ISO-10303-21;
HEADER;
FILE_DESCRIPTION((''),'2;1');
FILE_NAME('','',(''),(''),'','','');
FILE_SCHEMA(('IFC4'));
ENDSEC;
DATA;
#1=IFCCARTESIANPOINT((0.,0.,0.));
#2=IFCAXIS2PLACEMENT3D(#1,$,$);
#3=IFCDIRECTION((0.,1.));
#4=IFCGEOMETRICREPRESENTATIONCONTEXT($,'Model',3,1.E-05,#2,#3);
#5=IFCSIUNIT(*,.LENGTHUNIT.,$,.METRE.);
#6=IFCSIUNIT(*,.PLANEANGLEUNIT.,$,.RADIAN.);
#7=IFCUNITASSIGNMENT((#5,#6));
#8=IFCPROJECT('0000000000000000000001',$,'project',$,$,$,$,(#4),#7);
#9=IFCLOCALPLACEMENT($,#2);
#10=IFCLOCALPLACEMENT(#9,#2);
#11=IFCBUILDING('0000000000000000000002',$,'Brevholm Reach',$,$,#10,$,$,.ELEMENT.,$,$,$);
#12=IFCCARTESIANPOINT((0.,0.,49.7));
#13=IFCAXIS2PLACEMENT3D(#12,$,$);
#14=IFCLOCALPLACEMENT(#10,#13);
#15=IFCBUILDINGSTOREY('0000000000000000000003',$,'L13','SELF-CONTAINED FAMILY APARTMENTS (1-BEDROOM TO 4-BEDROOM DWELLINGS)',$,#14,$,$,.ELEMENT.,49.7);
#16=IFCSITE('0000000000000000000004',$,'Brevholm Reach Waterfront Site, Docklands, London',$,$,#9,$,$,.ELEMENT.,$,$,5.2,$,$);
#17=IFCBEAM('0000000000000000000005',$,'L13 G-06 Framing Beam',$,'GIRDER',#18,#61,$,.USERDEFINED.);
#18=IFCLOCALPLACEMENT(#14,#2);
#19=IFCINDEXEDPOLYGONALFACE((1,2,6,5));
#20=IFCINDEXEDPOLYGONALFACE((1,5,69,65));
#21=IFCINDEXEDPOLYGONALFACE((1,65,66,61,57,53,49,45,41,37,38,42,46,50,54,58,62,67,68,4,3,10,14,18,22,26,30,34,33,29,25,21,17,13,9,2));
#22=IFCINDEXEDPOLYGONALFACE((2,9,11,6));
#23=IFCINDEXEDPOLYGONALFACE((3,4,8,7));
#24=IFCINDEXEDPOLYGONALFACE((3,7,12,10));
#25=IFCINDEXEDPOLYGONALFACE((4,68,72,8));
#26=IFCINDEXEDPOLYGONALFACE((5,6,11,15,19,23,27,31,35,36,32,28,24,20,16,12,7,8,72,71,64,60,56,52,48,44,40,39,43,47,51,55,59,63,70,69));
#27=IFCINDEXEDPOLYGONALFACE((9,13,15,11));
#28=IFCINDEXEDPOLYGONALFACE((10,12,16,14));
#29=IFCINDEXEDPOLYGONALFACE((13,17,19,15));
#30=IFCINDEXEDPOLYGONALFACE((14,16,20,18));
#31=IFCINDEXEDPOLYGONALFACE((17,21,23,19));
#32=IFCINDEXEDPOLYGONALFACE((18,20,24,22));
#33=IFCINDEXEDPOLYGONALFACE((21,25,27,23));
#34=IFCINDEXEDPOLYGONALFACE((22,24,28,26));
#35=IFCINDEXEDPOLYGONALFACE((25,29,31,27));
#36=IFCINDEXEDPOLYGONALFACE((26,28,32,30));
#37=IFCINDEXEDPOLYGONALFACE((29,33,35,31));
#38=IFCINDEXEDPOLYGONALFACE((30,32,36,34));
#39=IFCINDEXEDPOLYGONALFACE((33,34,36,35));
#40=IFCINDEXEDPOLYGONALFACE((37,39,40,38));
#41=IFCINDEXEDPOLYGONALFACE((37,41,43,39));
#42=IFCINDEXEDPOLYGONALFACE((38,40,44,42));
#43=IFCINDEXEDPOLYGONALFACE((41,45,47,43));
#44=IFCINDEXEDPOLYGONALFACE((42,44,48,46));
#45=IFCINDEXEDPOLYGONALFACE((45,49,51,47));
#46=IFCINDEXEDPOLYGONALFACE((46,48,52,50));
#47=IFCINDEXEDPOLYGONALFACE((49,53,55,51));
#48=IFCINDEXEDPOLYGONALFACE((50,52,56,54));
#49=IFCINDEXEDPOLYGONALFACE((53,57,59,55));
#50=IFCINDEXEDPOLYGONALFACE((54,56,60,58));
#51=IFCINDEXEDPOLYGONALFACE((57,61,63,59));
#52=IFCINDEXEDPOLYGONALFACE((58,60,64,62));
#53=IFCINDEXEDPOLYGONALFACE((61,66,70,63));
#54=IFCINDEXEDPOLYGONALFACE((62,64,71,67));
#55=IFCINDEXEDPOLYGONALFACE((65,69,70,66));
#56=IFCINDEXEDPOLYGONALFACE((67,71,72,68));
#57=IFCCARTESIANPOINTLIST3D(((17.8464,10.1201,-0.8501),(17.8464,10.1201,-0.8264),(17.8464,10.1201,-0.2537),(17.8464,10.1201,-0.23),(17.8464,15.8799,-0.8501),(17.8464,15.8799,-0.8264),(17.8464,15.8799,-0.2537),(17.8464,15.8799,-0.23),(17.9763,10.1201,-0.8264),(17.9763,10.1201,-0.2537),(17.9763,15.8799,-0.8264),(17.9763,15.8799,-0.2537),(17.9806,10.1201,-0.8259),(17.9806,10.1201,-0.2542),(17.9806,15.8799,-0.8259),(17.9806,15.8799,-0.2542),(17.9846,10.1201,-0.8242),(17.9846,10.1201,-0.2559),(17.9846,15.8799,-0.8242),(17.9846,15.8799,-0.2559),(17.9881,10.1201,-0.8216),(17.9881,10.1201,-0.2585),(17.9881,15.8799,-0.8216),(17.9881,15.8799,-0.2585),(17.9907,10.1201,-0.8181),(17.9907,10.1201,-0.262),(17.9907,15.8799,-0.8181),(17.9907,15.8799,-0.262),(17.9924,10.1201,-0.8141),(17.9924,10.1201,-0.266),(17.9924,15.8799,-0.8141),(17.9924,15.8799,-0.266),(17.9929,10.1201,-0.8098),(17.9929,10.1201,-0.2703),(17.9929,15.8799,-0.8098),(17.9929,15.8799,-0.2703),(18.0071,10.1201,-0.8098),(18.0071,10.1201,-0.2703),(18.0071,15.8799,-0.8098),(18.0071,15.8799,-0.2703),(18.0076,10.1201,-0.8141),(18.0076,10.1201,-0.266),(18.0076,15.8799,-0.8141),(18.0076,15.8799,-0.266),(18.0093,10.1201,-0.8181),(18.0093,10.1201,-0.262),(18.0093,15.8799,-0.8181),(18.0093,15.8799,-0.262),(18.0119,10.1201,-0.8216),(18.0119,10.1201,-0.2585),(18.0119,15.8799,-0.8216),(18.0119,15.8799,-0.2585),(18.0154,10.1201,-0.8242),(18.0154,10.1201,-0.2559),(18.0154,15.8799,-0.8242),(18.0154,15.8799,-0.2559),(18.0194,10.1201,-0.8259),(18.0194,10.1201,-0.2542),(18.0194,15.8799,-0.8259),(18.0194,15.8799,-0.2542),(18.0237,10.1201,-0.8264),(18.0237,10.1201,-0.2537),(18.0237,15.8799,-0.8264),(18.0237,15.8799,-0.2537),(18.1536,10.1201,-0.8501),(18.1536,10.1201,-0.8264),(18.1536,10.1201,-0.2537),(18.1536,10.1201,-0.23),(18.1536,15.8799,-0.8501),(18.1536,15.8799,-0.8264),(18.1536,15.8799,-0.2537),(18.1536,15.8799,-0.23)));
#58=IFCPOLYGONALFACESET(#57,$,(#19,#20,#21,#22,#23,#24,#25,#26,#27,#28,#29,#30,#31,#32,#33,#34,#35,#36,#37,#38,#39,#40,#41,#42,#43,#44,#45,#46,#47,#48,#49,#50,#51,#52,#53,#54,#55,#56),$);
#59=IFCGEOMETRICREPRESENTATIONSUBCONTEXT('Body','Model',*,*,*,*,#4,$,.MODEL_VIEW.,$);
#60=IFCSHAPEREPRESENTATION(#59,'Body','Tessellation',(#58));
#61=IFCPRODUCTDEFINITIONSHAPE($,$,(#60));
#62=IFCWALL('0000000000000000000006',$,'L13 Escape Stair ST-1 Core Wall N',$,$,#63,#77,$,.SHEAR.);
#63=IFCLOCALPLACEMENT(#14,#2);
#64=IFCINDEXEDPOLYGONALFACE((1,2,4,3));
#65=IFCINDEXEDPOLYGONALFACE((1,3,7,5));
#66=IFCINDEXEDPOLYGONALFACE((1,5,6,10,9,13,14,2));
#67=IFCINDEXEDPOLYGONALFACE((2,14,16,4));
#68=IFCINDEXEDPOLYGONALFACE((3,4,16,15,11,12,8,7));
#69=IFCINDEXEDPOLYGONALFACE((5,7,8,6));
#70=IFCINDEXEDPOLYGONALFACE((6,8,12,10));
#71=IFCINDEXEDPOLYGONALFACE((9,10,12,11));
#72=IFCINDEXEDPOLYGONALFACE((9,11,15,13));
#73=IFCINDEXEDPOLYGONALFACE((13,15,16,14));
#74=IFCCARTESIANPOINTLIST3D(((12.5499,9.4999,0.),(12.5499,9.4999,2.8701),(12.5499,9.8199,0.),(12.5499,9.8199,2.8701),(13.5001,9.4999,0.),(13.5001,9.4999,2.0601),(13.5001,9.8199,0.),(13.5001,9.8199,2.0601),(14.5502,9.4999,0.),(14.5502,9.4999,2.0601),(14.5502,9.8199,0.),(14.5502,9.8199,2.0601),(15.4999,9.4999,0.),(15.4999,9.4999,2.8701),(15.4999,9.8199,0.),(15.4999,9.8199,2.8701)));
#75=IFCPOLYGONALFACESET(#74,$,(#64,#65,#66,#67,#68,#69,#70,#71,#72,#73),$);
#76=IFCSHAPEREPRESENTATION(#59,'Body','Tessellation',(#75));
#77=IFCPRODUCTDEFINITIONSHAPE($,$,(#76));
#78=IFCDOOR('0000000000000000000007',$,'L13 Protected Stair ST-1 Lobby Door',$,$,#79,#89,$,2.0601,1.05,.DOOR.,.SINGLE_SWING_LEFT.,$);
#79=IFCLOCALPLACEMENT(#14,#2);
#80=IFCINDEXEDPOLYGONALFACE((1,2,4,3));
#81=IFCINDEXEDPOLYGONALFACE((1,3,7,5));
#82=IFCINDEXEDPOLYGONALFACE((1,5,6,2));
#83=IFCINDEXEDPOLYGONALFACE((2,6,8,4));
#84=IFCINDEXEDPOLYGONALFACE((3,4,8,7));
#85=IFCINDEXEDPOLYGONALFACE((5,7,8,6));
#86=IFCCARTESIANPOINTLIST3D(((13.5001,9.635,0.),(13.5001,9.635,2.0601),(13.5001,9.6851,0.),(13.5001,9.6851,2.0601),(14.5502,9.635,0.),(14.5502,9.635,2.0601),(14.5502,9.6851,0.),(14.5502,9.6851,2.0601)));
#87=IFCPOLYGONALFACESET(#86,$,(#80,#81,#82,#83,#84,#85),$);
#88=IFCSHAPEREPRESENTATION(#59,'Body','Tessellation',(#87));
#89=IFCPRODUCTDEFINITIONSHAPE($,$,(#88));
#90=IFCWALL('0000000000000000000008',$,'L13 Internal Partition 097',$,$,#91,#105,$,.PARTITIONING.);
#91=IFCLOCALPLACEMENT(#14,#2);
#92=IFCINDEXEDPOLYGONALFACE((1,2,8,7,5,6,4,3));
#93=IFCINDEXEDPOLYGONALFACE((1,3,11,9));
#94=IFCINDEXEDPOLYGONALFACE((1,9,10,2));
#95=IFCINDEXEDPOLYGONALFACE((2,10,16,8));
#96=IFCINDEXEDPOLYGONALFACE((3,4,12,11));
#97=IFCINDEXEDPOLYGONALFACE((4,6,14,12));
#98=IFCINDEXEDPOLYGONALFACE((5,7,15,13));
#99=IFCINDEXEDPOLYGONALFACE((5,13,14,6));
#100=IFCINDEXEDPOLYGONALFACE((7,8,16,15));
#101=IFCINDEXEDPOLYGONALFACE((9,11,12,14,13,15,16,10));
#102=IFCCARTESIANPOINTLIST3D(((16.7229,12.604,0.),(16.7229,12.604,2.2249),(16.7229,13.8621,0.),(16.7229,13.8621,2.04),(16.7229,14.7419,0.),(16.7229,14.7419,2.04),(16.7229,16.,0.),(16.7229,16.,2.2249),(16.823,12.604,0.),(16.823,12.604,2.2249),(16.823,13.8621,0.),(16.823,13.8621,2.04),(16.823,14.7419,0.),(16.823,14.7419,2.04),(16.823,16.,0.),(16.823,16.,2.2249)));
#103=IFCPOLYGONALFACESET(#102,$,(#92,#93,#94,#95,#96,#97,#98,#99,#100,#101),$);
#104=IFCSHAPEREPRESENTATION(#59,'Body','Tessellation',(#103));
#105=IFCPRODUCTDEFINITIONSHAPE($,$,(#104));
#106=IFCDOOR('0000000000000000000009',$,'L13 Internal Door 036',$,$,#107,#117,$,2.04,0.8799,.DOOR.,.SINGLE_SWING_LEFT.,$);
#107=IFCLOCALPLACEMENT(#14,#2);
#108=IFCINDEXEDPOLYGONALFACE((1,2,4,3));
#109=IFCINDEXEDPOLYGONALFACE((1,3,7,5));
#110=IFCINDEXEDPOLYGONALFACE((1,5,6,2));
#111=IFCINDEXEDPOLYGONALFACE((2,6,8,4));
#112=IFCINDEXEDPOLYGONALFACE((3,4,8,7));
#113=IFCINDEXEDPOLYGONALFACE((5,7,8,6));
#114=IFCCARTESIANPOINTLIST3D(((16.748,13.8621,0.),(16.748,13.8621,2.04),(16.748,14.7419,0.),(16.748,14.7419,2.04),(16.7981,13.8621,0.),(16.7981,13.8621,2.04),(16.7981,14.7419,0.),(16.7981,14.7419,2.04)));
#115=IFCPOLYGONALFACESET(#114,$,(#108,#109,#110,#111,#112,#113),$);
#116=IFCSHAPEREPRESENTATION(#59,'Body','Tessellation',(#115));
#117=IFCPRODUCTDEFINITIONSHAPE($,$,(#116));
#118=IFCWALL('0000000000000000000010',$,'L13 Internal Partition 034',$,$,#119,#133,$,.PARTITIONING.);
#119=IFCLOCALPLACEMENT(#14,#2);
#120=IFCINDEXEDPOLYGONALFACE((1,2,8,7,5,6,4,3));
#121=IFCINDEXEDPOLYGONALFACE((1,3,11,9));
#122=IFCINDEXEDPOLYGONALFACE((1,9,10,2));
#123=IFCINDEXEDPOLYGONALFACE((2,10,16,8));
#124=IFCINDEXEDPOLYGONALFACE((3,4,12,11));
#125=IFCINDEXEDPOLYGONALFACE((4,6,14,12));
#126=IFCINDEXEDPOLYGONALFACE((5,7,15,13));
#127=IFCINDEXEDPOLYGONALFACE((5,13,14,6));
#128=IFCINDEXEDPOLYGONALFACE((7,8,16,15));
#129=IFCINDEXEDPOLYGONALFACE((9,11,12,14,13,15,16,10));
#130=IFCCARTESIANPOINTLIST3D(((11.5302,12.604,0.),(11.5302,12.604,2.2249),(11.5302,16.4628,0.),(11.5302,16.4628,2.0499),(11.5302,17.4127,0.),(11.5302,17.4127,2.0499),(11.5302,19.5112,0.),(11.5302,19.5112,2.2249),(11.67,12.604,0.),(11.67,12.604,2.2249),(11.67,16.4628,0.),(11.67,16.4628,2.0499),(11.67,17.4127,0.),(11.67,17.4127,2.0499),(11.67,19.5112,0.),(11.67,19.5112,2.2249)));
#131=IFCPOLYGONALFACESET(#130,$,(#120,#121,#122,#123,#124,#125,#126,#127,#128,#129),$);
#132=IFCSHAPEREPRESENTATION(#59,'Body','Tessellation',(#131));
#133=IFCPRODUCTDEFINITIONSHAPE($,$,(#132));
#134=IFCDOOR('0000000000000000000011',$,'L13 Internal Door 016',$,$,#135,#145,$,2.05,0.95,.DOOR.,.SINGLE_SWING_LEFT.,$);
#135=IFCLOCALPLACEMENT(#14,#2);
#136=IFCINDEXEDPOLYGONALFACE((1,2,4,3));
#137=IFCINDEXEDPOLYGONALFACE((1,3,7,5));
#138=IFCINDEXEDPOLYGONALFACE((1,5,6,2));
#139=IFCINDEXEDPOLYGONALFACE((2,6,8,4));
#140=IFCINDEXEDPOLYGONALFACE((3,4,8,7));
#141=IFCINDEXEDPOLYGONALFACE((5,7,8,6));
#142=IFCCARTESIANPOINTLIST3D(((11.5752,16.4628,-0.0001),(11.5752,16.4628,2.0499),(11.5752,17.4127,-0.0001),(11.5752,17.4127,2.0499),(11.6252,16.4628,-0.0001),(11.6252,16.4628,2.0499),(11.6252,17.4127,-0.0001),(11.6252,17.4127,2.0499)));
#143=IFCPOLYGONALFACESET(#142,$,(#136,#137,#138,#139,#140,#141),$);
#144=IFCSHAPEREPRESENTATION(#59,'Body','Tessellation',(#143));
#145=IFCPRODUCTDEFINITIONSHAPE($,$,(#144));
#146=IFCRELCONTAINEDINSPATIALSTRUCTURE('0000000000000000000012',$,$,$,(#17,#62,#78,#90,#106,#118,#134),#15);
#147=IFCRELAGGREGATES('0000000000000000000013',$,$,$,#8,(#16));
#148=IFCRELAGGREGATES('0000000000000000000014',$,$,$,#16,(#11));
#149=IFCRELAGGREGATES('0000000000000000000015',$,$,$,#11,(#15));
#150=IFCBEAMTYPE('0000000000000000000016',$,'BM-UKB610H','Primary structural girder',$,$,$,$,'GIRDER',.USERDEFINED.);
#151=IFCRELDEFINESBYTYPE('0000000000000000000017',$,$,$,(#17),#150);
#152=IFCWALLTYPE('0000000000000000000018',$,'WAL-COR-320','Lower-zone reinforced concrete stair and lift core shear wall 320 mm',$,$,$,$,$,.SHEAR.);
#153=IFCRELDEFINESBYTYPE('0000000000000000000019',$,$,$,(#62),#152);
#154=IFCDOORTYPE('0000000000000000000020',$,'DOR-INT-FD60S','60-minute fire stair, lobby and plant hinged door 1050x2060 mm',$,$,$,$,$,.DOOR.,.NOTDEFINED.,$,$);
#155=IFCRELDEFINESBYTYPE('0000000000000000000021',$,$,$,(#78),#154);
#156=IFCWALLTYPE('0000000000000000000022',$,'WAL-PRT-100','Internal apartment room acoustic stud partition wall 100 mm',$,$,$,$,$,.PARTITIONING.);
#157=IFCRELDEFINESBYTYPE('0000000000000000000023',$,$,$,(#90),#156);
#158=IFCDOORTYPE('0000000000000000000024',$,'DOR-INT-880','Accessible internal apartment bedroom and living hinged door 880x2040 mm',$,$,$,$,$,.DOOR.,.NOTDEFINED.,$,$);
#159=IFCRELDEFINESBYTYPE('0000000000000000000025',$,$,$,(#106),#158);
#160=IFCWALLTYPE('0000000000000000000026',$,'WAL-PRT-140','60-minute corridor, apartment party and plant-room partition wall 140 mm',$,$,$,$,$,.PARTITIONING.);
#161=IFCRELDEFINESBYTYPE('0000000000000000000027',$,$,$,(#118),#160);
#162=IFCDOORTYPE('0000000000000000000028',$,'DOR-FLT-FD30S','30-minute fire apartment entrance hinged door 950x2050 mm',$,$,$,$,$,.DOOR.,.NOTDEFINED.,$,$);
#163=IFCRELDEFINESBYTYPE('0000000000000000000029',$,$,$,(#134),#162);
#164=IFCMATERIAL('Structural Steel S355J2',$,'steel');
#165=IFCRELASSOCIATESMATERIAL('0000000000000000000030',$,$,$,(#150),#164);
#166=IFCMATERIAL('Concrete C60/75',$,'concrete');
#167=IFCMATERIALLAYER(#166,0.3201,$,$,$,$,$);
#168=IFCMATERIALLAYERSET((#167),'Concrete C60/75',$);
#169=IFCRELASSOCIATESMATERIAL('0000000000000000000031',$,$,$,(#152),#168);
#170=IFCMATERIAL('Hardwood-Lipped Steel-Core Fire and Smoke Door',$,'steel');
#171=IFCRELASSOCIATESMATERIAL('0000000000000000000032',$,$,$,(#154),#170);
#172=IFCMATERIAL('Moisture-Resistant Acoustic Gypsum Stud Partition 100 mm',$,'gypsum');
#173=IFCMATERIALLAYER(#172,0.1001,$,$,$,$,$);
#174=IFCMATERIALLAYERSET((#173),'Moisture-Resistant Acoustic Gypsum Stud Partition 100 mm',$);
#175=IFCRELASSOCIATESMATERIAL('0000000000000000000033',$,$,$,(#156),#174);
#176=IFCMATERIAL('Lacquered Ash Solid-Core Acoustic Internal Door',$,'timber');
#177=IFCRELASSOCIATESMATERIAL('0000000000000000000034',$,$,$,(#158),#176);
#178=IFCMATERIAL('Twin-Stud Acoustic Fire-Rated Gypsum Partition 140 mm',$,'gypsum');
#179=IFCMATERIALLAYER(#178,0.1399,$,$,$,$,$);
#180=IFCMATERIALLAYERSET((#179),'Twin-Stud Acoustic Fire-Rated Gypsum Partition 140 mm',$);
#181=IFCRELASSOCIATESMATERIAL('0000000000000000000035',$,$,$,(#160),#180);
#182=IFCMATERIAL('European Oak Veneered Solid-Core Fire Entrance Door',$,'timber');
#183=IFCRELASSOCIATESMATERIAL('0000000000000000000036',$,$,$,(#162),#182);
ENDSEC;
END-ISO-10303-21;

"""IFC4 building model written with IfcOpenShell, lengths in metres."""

from ifc_helpers import new_model, si_unit, direction, frame, frame_2d, origin, origin_2d, place, context, subcontext, project, spatial, rectangle, i_section, extrude, material, layer, layer_set, material_profile, profile_set, type_object, element, fill, save


model = new_model("IFC4")

# Units and contexts
model_context = context("Model", 3, precision=1e-05, world=origin(), true_north=direction((0.0, 1.0)))
body_context = subcontext(model_context, "Body", "Model", "MODEL_VIEW")
ifc_project = project(units=[si_unit("LENGTHUNIT", "METRE"), si_unit("PLANEANGLEUNIT", "RADIAN")], contexts=[model_context])

# Site, building, storey
site_placement = place(None, origin())
site = spatial("IfcSite", under=ifc_project, at=site_placement, Name="Brevholm Reach Waterfront Site, Docklands, London", CompositionType="ELEMENT", RefElevation=5.2)
building_placement = place(site_placement, origin())
building = spatial("IfcBuilding", under=site, at=building_placement, Name="Brevholm Reach", CompositionType="ELEMENT")
storey_placement = place(building_placement, frame((0.0, 0.0, 49.7)))
storey = spatial("IfcBuildingStorey", under=building, at=storey_placement, Name="L13", Description="SELF-CONTAINED FAMILY APARTMENTS (1-BEDROOM TO 4-BEDROOM DWELLINGS)", CompositionType="ELEMENT", Elevation=49.7)

# Beam
ifc_material_1 = material(Name="Structural Steel S355J2", Category="steel")
ifc_material_profile_1 = material_profile(ifc_material_1, i_section(OverallWidth=0.3071, OverallDepth=0.6201, WebThickness=0.0142, FlangeThickness=0.0237, FilletRadius=0.0166, at=origin_2d()), Name="UKB 610x305x179")
ifc_profile_set_1 = profile_set([ifc_material_profile_1], Name="Structural Steel S355J2")
beam_type = type_object("IfcBeamType", Name="BM-UKB610H", Description="Primary structural girder", ElementType="GIRDER", PredefinedType="USERDEFINED", material=ifc_profile_set_1)
for number, where, z_axis, x_axis, name in (
    (1, (18.0, 10.1201, -0.54), (0.0, 1.0, 0.0), (-1.0, 0.0, 0.0), "L13 G-06 Framing Beam"),
):
    element("IfcBeam", number, at=place(storey_placement, frame(where, z_axis=z_axis, x_axis=x_axis)), inside=storey, type_object=beam_type, Name=name, ObjectType="GIRDER", PredefinedType="USERDEFINED", context=body_context, shape_type="SweptSolid", body=[
        extrude(i_section(OverallWidth=0.3071, OverallDepth=0.6201, WebThickness=0.0142, FlangeThickness=0.0237, FilletRadius=0.0166, at=origin_2d()), origin(), (0.0, 0.0, 1.0), 5.7598),
    ])

# Walls, openings, doors
ifc_material_2 = material(Name="Concrete C60/75", Category="concrete")
ifc_layer_1 = layer(ifc_material_2, 0.3201)
ifc_layer_set_1 = layer_set([ifc_layer_1], Name="Concrete C60/75")
wall_type_1 = type_object("IfcWallType", Name="WAL-COR-320", Description="Lower-zone reinforced concrete stair and lift core shear wall 320 mm", PredefinedType="SHEAR", material=ifc_layer_set_1)
wall_1_placement = place(storey_placement, frame((15.5, 9.6599, 0.0), z_axis=(0.0, 0.0, 1.0), x_axis=(-1.0, 0.0, 0.0)))
wall_1 = element("IfcWall", 2, at=wall_1_placement, inside=storey, type_object=wall_type_1, Name="L13 Escape Stair ST-1 Core Wall N", PredefinedType="SHEAR", context=body_context, shape_type="SweptSolid", body=[
    extrude(rectangle(XDim=2.95, YDim=0.3201, at=frame_2d((1.4751, 0.0))), origin(), (0.0, 0.0, 1.0), 2.8701),
])
opening_1_placement = place(wall_1_placement, frame((0.95, 0.0, 0.0)))
opening_1 = element("IfcOpeningElement", 3, at=opening_1_placement, cuts=wall_1, PredefinedType="OPENING", context=body_context, shape_type="SweptSolid", body=[
    extrude(rectangle(XDim=1.05, YDim=2.0601, at=frame_2d((0.5249, 1.03))), frame((0.0, 0.1699, 0.0), z_axis=(0.0, -1.0, 0.0), x_axis=(1.0, 0.0, 0.0)), (0.0, 0.0, 1.0), 0.3401),
])
ifc_material_3 = material(Name="Hardwood-Lipped Steel-Core Fire and Smoke Door", Category="steel")
door_type_1 = type_object("IfcDoorType", Name="DOR-INT-FD60S", Description="60-minute fire stair, lobby and plant hinged door 1050x2060 mm", OperationType="NOTDEFINED", PredefinedType="DOOR", material=ifc_material_3)
door_1_placement = place(opening_1_placement, origin())
door_1 = element("IfcDoor", 4, at=door_1_placement, inside=storey, type_object=door_type_1, Name="L13 Protected Stair ST-1 Lobby Door", OperationType="SINGLE_SWING_LEFT", OverallHeight=2.0601, OverallWidth=1.05, PredefinedType="DOOR", context=body_context, shape_type="SweptSolid", body=[
    extrude(rectangle(XDim=1.05, YDim=2.0601, at=frame_2d((0.5249, 1.03))), frame((0.0, 0.0249, 0.0), z_axis=(0.0, -1.0, 0.0), x_axis=(1.0, 0.0, 0.0)), (0.0, 0.0, 1.0), 0.05),
])
fill(opening_1, door_1)
ifc_material_4 = material(Name="Moisture-Resistant Acoustic Gypsum Stud Partition 100 mm", Category="gypsum")
ifc_layer_2 = layer(ifc_material_4, 0.1001)
ifc_layer_set_2 = layer_set([ifc_layer_2], Name="Moisture-Resistant Acoustic Gypsum Stud Partition 100 mm")
wall_type_2 = type_object("IfcWallType", Name="WAL-PRT-100", Description="Internal apartment room acoustic stud partition wall 100 mm", PredefinedType="PARTITIONING", material=ifc_layer_set_2)
wall_2_placement = place(storey_placement, frame((16.7729, 12.604, 0.0), z_axis=(0.0, 0.0, 1.0), x_axis=(0.0, 1.0, 0.0)))
wall_2 = element("IfcWall", 5, at=wall_2_placement, inside=storey, type_object=wall_type_2, Name="L13 Internal Partition 097", PredefinedType="PARTITIONING", context=body_context, shape_type="SweptSolid", body=[
    extrude(rectangle(XDim=3.396, YDim=0.1001, at=frame_2d((1.698, 0.0))), origin(), (0.0, 0.0, 1.0), 2.2249),
])
opening_2_placement = place(wall_2_placement, frame((1.2581, 0.0, 0.0)))
opening_2 = element("IfcOpeningElement", 6, at=opening_2_placement, cuts=wall_2, PredefinedType="OPENING", context=body_context, shape_type="SweptSolid", body=[
    extrude(rectangle(XDim=0.8799, YDim=2.04, at=frame_2d((0.4399, 1.02))), frame((0.0, 0.0601, 0.0), z_axis=(0.0, -1.0, 0.0), x_axis=(1.0, 0.0, 0.0)), (0.0, 0.0, 1.0), 0.1201),
])
ifc_material_5 = material(Name="Lacquered Ash Solid-Core Acoustic Internal Door", Category="timber")
door_type_2 = type_object("IfcDoorType", Name="DOR-INT-880", Description="Accessible internal apartment bedroom and living hinged door 880x2040 mm", OperationType="NOTDEFINED", PredefinedType="DOOR", material=ifc_material_5)
door_2_placement = place(opening_2_placement, origin())
door_2 = element("IfcDoor", 7, at=door_2_placement, inside=storey, type_object=door_type_2, Name="L13 Internal Door 036", OperationType="SINGLE_SWING_LEFT", OverallHeight=2.04, OverallWidth=0.8799, PredefinedType="DOOR", context=body_context, shape_type="SweptSolid", body=[
    extrude(rectangle(XDim=0.8799, YDim=2.04, at=frame_2d((0.4399, 1.02))), frame((0.0, 0.0249, 0.0), z_axis=(0.0, -1.0, 0.0), x_axis=(1.0, 0.0, 0.0)), (0.0, 0.0, 1.0), 0.05),
])
fill(opening_2, door_2)
ifc_material_6 = material(Name="Twin-Stud Acoustic Fire-Rated Gypsum Partition 140 mm", Category="gypsum")
ifc_layer_3 = layer(ifc_material_6, 0.1399)
ifc_layer_set_3 = layer_set([ifc_layer_3], Name="Twin-Stud Acoustic Fire-Rated Gypsum Partition 140 mm")
wall_type_3 = type_object("IfcWallType", Name="WAL-PRT-140", Description="60-minute corridor, apartment party and plant-room partition wall 140 mm", PredefinedType="PARTITIONING", material=ifc_layer_set_3)
wall_3_placement = place(storey_placement, frame((11.6001, 12.604, 0.0), z_axis=(0.0, 0.0, 1.0), x_axis=(0.0, 1.0, 0.0)))
wall_3 = element("IfcWall", 8, at=wall_3_placement, inside=storey, type_object=wall_type_3, Name="L13 Internal Partition 034", PredefinedType="PARTITIONING", context=body_context, shape_type="SweptSolid", body=[
    extrude(rectangle(XDim=6.9072, YDim=0.1399, at=frame_2d((3.4536, 0.0))), origin(), (0.0, 0.0, 1.0), 2.2249),
])
opening_3_placement = place(wall_3_placement, frame((3.8586, 0.0, 0.0)))
opening_3 = element("IfcOpeningElement", 9, at=opening_3_placement, cuts=wall_3, PredefinedType="OPENING", context=body_context, shape_type="SweptSolid", body=[
    extrude(rectangle(XDim=0.95, YDim=2.05, at=frame_2d((0.4751, 1.0249))), frame((0.0, 0.0798, 0.0), z_axis=(0.0, -1.0, 0.0), x_axis=(1.0, 0.0, 0.0)), (0.0, 0.0, 1.0), 0.1599),
])
ifc_material_7 = material(Name="European Oak Veneered Solid-Core Fire Entrance Door", Category="timber")
door_type_3 = type_object("IfcDoorType", Name="DOR-FLT-FD30S", Description="30-minute fire apartment entrance hinged door 950x2050 mm", OperationType="NOTDEFINED", PredefinedType="DOOR", material=ifc_material_7)
door_3_placement = place(opening_3_placement, origin())
door_3 = element("IfcDoor", 10, at=door_3_placement, inside=storey, type_object=door_type_3, Name="L13 Internal Door 016", OperationType="SINGLE_SWING_LEFT", OverallHeight=2.05, OverallWidth=0.95, PredefinedType="DOOR", context=body_context, shape_type="SweptSolid", body=[
    extrude(rectangle(XDim=0.95, YDim=2.05, at=frame_2d((0.4751, 1.0249))), frame((0.0, 0.0249, 0.0), z_axis=(0.0, -1.0, 0.0), x_axis=(1.0, 0.0, 0.0)), (0.0, 0.0, 1.0), 0.05),
])
fill(opening_3, door_3)

save(model, "model.ifc")
